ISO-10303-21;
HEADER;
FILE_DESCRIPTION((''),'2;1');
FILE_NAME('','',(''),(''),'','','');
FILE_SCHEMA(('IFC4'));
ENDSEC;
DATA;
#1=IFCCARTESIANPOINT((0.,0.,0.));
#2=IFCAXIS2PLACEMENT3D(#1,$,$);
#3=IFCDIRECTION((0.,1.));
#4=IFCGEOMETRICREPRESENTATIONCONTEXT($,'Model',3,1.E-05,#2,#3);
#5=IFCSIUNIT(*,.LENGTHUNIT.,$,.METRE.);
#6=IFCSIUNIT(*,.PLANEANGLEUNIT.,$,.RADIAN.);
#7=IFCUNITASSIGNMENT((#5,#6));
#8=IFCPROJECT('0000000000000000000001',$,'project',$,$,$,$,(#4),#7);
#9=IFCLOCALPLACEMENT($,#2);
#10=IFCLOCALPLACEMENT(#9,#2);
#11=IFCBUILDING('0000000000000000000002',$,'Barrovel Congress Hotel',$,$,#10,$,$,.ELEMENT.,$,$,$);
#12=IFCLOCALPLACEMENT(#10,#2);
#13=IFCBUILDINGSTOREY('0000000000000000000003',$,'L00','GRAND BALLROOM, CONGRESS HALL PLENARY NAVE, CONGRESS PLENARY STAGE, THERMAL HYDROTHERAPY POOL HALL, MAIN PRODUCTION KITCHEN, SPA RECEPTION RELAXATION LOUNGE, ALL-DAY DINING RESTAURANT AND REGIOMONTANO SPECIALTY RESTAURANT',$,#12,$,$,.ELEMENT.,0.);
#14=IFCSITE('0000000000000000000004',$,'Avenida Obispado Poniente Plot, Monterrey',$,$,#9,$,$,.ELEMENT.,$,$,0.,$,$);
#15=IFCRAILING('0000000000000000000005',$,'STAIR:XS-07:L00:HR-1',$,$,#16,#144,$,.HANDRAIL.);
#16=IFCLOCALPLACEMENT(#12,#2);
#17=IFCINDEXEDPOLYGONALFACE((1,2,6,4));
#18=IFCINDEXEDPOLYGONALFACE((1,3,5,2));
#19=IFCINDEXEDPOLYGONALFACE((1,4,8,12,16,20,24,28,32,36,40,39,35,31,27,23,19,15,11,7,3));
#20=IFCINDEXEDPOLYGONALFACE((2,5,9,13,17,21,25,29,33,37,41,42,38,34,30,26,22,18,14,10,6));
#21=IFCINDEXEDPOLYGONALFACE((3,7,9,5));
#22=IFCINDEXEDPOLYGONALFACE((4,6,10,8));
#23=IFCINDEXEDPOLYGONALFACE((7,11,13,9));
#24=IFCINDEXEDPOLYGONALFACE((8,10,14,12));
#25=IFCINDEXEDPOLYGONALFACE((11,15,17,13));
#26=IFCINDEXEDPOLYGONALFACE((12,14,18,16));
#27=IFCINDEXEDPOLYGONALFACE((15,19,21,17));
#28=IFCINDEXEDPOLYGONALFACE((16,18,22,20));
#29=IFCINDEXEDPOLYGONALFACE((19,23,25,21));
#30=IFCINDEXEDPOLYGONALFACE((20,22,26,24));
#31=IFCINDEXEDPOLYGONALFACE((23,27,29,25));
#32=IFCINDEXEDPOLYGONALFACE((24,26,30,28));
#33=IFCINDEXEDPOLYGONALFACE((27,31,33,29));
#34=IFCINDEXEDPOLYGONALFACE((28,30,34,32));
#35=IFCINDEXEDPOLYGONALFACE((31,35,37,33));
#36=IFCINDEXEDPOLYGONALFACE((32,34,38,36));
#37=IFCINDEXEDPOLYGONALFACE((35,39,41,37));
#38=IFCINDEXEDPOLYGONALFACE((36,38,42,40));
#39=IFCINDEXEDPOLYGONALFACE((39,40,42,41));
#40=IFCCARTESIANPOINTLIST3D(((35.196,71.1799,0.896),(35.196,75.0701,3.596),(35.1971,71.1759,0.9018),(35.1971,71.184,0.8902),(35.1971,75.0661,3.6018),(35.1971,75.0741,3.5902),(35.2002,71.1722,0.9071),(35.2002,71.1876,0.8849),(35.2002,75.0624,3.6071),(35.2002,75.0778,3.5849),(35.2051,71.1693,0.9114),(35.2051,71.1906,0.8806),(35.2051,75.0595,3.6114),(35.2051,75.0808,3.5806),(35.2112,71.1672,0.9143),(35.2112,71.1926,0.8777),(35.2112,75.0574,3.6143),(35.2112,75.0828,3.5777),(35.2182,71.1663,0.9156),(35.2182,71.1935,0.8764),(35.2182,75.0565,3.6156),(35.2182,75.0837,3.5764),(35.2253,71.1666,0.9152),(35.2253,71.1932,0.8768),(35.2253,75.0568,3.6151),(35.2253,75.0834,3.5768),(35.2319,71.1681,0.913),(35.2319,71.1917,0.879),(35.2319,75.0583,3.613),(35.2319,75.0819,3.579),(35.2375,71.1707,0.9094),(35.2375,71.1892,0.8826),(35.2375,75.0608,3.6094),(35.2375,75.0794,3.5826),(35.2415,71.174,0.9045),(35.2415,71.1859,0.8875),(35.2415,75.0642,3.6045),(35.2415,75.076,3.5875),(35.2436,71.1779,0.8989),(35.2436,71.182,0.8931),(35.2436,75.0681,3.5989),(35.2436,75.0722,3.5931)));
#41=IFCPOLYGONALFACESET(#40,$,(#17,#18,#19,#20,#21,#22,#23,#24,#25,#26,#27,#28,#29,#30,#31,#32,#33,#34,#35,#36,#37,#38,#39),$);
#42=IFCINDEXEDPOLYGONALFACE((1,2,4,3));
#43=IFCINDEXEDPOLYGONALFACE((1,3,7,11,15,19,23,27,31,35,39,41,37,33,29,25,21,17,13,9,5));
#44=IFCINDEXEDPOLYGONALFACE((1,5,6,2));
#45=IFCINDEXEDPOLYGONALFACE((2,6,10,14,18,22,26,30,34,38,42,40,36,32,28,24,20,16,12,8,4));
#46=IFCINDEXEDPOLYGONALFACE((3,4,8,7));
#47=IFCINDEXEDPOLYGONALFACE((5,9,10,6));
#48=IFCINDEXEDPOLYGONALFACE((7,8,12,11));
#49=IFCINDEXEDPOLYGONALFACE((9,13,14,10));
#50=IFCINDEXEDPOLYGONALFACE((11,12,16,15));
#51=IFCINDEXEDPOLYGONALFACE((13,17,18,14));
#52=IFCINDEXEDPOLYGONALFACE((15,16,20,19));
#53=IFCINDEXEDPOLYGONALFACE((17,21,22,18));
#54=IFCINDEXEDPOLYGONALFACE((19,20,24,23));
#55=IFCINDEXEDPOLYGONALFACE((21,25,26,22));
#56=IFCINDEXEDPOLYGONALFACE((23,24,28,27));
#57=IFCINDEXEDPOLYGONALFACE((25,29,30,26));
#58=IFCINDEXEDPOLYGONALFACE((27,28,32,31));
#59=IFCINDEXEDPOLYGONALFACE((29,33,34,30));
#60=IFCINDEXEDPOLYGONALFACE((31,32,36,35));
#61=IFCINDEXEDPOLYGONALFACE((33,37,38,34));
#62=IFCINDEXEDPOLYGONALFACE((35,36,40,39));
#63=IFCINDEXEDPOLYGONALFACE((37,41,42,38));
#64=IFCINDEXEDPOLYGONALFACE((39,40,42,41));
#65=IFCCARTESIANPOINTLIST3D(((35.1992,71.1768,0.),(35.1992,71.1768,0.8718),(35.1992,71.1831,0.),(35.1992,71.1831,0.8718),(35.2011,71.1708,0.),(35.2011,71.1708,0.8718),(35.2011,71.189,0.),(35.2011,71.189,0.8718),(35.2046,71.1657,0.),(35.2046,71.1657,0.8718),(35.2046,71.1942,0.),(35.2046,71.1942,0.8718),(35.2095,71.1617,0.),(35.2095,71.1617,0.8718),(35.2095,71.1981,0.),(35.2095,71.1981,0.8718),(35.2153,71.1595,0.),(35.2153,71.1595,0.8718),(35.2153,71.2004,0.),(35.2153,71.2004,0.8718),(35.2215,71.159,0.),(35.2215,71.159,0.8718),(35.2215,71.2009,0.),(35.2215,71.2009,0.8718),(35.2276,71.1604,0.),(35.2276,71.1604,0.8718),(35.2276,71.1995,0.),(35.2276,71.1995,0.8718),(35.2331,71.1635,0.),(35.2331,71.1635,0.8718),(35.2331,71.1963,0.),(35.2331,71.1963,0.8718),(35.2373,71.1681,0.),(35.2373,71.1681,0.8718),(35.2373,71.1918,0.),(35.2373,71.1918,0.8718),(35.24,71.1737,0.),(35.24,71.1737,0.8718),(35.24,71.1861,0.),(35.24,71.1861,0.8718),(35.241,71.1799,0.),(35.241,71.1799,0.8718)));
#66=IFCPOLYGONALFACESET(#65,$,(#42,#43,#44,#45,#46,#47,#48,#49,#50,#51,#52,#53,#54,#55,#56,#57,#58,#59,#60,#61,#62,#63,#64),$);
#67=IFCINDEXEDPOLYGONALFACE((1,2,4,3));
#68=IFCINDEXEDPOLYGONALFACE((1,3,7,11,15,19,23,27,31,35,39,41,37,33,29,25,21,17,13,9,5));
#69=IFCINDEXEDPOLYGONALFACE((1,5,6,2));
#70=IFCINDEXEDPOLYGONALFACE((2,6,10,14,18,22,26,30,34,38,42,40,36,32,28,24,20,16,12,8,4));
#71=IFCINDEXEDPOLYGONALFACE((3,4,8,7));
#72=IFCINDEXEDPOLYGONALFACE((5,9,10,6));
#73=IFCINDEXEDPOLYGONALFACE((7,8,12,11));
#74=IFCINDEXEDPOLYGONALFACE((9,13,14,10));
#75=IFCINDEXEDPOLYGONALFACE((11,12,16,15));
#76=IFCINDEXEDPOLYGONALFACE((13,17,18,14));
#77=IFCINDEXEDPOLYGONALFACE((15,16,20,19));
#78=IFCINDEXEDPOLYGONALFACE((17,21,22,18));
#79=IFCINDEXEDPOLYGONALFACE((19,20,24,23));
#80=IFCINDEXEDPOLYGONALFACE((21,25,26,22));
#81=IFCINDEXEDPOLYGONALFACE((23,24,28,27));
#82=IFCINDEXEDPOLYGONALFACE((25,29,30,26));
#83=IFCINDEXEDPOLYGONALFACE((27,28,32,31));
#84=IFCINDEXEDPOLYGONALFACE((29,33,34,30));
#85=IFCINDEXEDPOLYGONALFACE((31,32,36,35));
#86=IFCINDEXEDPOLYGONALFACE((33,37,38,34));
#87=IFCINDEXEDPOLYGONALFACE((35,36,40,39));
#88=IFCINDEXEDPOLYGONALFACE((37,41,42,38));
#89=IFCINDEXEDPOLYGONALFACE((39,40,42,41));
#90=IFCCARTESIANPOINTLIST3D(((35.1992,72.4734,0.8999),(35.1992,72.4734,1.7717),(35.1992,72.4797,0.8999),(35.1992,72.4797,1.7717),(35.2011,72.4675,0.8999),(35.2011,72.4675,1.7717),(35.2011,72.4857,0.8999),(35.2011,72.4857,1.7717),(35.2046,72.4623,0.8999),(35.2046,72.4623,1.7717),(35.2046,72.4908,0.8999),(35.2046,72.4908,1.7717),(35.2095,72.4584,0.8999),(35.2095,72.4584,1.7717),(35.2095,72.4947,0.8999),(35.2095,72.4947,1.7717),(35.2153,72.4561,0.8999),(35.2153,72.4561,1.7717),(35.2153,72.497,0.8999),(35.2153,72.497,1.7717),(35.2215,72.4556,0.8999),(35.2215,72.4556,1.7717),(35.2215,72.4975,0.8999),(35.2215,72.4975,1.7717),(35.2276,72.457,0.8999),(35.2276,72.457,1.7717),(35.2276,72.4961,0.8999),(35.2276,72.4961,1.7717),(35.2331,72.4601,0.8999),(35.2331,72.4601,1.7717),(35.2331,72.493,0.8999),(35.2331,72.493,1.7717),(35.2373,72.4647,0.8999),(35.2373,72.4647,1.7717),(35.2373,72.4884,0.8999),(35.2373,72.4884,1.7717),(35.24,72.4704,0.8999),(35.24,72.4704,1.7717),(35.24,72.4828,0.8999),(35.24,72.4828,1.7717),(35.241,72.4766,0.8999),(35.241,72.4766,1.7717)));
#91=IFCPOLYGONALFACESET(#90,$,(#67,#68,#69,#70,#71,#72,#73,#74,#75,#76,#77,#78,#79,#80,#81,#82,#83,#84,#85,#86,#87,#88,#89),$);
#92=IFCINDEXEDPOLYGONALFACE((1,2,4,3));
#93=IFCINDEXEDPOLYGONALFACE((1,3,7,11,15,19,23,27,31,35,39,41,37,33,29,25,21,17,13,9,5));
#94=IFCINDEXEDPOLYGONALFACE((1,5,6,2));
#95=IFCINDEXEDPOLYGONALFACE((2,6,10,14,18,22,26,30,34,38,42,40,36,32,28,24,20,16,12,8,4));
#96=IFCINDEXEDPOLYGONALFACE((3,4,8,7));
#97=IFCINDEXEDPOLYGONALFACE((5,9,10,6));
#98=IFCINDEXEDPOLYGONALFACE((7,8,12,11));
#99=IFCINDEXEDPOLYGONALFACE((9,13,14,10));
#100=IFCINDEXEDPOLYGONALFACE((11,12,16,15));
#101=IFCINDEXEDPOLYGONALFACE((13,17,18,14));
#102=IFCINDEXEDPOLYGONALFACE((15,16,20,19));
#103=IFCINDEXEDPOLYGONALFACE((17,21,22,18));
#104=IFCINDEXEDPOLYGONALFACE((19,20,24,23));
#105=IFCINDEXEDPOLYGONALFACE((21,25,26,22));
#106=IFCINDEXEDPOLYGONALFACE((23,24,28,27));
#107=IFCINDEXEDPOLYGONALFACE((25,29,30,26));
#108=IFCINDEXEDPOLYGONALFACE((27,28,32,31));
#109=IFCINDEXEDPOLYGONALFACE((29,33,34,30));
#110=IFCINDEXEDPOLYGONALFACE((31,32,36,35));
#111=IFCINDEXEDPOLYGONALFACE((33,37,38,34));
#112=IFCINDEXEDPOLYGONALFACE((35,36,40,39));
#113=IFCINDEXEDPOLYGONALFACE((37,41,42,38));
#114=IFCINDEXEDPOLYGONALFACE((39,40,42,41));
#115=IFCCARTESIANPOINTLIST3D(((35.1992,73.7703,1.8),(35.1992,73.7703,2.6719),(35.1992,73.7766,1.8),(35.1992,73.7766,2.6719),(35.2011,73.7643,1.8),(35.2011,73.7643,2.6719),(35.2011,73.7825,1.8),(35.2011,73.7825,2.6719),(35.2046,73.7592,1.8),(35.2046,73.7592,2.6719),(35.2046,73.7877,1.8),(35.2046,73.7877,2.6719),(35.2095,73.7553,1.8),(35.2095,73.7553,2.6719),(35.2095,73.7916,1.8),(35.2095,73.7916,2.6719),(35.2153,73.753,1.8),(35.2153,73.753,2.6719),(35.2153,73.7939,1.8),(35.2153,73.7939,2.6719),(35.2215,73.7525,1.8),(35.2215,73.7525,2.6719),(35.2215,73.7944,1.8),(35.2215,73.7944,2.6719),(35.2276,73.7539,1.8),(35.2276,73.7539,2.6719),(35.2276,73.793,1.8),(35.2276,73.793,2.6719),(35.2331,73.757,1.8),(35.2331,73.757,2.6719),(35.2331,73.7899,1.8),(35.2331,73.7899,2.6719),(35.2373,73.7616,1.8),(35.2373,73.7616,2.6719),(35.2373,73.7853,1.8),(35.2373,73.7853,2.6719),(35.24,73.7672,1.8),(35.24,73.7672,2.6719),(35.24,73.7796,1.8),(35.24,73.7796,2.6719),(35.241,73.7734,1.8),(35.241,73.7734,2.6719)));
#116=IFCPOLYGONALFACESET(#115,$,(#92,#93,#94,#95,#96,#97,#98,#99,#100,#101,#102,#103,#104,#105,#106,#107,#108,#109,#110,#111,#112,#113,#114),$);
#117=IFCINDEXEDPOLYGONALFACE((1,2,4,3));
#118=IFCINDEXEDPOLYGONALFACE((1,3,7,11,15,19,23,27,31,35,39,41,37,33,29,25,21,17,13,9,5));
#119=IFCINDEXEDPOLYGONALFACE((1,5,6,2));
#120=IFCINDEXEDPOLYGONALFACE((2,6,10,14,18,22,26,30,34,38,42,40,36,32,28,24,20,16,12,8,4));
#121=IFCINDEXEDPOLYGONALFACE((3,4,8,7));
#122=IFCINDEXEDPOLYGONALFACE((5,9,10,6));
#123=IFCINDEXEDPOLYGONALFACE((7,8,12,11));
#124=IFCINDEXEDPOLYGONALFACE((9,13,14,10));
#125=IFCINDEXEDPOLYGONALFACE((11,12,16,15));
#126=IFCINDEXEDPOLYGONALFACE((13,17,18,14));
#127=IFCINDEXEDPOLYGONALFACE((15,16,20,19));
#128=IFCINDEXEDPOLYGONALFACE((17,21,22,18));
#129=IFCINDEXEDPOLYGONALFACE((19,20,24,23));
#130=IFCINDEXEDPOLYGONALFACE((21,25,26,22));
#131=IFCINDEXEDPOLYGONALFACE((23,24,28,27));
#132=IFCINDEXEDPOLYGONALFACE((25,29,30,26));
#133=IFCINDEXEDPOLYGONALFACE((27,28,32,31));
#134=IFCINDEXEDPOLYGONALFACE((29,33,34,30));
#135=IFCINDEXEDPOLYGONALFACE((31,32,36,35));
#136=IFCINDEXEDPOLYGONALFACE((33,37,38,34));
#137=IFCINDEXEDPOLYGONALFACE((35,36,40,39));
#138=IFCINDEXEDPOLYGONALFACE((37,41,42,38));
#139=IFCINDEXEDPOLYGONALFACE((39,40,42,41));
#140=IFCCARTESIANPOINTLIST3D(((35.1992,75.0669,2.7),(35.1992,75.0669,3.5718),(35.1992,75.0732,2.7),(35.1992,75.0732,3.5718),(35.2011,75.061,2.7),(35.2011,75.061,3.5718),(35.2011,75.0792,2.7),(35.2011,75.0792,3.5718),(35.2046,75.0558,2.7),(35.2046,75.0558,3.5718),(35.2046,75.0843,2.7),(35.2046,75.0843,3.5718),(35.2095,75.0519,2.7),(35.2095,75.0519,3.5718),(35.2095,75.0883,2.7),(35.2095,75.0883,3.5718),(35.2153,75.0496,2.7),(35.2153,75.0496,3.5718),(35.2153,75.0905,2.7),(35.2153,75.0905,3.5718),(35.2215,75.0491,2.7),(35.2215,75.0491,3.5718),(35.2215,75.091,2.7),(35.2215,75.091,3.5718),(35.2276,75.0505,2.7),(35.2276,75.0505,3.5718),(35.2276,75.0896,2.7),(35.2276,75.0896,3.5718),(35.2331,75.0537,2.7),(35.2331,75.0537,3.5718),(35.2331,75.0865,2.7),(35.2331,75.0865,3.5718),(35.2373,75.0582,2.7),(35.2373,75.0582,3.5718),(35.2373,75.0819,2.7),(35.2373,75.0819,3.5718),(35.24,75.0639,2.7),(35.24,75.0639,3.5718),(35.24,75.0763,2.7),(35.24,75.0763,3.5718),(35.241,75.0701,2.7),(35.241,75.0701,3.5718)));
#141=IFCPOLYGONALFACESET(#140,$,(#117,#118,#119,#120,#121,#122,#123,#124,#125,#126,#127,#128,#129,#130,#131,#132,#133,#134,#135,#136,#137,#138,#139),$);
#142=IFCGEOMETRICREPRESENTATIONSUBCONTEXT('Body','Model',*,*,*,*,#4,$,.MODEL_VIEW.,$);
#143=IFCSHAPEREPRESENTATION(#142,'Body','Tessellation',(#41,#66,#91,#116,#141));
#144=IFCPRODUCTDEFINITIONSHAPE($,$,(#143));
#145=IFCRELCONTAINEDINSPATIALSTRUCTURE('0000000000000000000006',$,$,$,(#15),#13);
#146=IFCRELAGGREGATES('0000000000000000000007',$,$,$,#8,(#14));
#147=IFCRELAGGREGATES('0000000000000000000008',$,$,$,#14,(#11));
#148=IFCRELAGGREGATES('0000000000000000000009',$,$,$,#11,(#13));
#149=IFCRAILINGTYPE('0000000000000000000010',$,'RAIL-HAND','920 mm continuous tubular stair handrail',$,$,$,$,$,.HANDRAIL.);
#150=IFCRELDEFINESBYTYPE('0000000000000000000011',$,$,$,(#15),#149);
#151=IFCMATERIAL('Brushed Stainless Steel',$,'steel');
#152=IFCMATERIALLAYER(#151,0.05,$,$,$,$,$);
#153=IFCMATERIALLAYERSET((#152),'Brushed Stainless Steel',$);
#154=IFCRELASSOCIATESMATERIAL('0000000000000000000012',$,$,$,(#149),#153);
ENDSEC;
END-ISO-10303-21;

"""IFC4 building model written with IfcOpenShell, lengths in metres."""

from ifc_helpers import new_model, si_unit, direction, frame, origin, origin_2d, place, context, subcontext, project, spatial, circle, extrude, material, layer, layer_set, type_object, element, save


model = new_model("IFC4")

# Units and contexts
model_context = context("Model", 3, precision=1e-05, world=origin(), true_north=direction((0.0, 1.0)))
body_context = subcontext(model_context, "Body", "Model", "MODEL_VIEW")
ifc_project = project(units=[si_unit("LENGTHUNIT", "METRE"), si_unit("PLANEANGLEUNIT", "RADIAN")], contexts=[model_context])

# Site, building, storey
site_placement = place(None, origin())
site = spatial("IfcSite", under=ifc_project, at=site_placement, Name="Avenida Obispado Poniente Plot, Monterrey", CompositionType="ELEMENT", RefElevation=0.0)
building_placement = place(site_placement, origin())
building = spatial("IfcBuilding", under=site, at=building_placement, Name="Barrovel Congress Hotel", CompositionType="ELEMENT")
storey_placement = place(building_placement, origin())
storey = spatial("IfcBuildingStorey", under=building, at=storey_placement, Name="L00", Description="GRAND BALLROOM, CONGRESS HALL PLENARY NAVE, CONGRESS PLENARY STAGE, THERMAL HYDROTHERAPY POOL HALL, MAIN PRODUCTION KITCHEN, SPA RECEPTION RELAXATION LOUNGE, ALL-DAY DINING RESTAURANT AND REGIOMONTANO SPECIALTY RESTAURANT", CompositionType="ELEMENT", Elevation=0.0)

# Railing
ifc_material_1 = material(Name="Brushed Stainless Steel", Category="steel")
ifc_layer_1 = layer(ifc_material_1, 0.05)
ifc_layer_set_1 = layer_set([ifc_layer_1], Name="Brushed Stainless Steel")
railing_type_1 = type_object("IfcRailingType", Name="RAIL-HAND", Description="920 mm continuous tubular stair handrail", PredefinedType="HANDRAIL", material=ifc_layer_set_1)
railing_1_placement = place(storey_placement, frame((35.22, 71.1799, 0.0)))
element("IfcRailing", 1, at=railing_1_placement, inside=storey, type_object=railing_type_1, Name="STAIR:XS-07:L00:HR-1", PredefinedType="HANDRAIL", context=body_context, shape_type="SweptSolid", body=[
    extrude(circle(Radius=0.0239, at=origin_2d()), frame((0.0, 0.0, 0.896), z_axis=(0.0, 0.821522, 0.570177), x_axis=(-1.0, 0.0, 0.0)), (0.0, 0.0, 1.0), 4.7354),
    extrude(circle(Radius=0.021, at=origin_2d()), origin(), (0.0, 0.0, 1.0), 0.8718),
    extrude(circle(Radius=0.021, at=origin_2d()), frame((0.0, 1.2966, 0.8999)), (0.0, 0.0, 1.0), 0.8718),
    extrude(circle(Radius=0.021, at=origin_2d()), frame((0.0, 2.5935, 1.8)), (0.0, 0.0, 1.0), 0.8718),
    extrude(circle(Radius=0.021, at=origin_2d()), frame((0.0, 3.8901, 2.7)), (0.0, 0.0, 1.0), 0.8718),
])

save(model, "model.ifc")
